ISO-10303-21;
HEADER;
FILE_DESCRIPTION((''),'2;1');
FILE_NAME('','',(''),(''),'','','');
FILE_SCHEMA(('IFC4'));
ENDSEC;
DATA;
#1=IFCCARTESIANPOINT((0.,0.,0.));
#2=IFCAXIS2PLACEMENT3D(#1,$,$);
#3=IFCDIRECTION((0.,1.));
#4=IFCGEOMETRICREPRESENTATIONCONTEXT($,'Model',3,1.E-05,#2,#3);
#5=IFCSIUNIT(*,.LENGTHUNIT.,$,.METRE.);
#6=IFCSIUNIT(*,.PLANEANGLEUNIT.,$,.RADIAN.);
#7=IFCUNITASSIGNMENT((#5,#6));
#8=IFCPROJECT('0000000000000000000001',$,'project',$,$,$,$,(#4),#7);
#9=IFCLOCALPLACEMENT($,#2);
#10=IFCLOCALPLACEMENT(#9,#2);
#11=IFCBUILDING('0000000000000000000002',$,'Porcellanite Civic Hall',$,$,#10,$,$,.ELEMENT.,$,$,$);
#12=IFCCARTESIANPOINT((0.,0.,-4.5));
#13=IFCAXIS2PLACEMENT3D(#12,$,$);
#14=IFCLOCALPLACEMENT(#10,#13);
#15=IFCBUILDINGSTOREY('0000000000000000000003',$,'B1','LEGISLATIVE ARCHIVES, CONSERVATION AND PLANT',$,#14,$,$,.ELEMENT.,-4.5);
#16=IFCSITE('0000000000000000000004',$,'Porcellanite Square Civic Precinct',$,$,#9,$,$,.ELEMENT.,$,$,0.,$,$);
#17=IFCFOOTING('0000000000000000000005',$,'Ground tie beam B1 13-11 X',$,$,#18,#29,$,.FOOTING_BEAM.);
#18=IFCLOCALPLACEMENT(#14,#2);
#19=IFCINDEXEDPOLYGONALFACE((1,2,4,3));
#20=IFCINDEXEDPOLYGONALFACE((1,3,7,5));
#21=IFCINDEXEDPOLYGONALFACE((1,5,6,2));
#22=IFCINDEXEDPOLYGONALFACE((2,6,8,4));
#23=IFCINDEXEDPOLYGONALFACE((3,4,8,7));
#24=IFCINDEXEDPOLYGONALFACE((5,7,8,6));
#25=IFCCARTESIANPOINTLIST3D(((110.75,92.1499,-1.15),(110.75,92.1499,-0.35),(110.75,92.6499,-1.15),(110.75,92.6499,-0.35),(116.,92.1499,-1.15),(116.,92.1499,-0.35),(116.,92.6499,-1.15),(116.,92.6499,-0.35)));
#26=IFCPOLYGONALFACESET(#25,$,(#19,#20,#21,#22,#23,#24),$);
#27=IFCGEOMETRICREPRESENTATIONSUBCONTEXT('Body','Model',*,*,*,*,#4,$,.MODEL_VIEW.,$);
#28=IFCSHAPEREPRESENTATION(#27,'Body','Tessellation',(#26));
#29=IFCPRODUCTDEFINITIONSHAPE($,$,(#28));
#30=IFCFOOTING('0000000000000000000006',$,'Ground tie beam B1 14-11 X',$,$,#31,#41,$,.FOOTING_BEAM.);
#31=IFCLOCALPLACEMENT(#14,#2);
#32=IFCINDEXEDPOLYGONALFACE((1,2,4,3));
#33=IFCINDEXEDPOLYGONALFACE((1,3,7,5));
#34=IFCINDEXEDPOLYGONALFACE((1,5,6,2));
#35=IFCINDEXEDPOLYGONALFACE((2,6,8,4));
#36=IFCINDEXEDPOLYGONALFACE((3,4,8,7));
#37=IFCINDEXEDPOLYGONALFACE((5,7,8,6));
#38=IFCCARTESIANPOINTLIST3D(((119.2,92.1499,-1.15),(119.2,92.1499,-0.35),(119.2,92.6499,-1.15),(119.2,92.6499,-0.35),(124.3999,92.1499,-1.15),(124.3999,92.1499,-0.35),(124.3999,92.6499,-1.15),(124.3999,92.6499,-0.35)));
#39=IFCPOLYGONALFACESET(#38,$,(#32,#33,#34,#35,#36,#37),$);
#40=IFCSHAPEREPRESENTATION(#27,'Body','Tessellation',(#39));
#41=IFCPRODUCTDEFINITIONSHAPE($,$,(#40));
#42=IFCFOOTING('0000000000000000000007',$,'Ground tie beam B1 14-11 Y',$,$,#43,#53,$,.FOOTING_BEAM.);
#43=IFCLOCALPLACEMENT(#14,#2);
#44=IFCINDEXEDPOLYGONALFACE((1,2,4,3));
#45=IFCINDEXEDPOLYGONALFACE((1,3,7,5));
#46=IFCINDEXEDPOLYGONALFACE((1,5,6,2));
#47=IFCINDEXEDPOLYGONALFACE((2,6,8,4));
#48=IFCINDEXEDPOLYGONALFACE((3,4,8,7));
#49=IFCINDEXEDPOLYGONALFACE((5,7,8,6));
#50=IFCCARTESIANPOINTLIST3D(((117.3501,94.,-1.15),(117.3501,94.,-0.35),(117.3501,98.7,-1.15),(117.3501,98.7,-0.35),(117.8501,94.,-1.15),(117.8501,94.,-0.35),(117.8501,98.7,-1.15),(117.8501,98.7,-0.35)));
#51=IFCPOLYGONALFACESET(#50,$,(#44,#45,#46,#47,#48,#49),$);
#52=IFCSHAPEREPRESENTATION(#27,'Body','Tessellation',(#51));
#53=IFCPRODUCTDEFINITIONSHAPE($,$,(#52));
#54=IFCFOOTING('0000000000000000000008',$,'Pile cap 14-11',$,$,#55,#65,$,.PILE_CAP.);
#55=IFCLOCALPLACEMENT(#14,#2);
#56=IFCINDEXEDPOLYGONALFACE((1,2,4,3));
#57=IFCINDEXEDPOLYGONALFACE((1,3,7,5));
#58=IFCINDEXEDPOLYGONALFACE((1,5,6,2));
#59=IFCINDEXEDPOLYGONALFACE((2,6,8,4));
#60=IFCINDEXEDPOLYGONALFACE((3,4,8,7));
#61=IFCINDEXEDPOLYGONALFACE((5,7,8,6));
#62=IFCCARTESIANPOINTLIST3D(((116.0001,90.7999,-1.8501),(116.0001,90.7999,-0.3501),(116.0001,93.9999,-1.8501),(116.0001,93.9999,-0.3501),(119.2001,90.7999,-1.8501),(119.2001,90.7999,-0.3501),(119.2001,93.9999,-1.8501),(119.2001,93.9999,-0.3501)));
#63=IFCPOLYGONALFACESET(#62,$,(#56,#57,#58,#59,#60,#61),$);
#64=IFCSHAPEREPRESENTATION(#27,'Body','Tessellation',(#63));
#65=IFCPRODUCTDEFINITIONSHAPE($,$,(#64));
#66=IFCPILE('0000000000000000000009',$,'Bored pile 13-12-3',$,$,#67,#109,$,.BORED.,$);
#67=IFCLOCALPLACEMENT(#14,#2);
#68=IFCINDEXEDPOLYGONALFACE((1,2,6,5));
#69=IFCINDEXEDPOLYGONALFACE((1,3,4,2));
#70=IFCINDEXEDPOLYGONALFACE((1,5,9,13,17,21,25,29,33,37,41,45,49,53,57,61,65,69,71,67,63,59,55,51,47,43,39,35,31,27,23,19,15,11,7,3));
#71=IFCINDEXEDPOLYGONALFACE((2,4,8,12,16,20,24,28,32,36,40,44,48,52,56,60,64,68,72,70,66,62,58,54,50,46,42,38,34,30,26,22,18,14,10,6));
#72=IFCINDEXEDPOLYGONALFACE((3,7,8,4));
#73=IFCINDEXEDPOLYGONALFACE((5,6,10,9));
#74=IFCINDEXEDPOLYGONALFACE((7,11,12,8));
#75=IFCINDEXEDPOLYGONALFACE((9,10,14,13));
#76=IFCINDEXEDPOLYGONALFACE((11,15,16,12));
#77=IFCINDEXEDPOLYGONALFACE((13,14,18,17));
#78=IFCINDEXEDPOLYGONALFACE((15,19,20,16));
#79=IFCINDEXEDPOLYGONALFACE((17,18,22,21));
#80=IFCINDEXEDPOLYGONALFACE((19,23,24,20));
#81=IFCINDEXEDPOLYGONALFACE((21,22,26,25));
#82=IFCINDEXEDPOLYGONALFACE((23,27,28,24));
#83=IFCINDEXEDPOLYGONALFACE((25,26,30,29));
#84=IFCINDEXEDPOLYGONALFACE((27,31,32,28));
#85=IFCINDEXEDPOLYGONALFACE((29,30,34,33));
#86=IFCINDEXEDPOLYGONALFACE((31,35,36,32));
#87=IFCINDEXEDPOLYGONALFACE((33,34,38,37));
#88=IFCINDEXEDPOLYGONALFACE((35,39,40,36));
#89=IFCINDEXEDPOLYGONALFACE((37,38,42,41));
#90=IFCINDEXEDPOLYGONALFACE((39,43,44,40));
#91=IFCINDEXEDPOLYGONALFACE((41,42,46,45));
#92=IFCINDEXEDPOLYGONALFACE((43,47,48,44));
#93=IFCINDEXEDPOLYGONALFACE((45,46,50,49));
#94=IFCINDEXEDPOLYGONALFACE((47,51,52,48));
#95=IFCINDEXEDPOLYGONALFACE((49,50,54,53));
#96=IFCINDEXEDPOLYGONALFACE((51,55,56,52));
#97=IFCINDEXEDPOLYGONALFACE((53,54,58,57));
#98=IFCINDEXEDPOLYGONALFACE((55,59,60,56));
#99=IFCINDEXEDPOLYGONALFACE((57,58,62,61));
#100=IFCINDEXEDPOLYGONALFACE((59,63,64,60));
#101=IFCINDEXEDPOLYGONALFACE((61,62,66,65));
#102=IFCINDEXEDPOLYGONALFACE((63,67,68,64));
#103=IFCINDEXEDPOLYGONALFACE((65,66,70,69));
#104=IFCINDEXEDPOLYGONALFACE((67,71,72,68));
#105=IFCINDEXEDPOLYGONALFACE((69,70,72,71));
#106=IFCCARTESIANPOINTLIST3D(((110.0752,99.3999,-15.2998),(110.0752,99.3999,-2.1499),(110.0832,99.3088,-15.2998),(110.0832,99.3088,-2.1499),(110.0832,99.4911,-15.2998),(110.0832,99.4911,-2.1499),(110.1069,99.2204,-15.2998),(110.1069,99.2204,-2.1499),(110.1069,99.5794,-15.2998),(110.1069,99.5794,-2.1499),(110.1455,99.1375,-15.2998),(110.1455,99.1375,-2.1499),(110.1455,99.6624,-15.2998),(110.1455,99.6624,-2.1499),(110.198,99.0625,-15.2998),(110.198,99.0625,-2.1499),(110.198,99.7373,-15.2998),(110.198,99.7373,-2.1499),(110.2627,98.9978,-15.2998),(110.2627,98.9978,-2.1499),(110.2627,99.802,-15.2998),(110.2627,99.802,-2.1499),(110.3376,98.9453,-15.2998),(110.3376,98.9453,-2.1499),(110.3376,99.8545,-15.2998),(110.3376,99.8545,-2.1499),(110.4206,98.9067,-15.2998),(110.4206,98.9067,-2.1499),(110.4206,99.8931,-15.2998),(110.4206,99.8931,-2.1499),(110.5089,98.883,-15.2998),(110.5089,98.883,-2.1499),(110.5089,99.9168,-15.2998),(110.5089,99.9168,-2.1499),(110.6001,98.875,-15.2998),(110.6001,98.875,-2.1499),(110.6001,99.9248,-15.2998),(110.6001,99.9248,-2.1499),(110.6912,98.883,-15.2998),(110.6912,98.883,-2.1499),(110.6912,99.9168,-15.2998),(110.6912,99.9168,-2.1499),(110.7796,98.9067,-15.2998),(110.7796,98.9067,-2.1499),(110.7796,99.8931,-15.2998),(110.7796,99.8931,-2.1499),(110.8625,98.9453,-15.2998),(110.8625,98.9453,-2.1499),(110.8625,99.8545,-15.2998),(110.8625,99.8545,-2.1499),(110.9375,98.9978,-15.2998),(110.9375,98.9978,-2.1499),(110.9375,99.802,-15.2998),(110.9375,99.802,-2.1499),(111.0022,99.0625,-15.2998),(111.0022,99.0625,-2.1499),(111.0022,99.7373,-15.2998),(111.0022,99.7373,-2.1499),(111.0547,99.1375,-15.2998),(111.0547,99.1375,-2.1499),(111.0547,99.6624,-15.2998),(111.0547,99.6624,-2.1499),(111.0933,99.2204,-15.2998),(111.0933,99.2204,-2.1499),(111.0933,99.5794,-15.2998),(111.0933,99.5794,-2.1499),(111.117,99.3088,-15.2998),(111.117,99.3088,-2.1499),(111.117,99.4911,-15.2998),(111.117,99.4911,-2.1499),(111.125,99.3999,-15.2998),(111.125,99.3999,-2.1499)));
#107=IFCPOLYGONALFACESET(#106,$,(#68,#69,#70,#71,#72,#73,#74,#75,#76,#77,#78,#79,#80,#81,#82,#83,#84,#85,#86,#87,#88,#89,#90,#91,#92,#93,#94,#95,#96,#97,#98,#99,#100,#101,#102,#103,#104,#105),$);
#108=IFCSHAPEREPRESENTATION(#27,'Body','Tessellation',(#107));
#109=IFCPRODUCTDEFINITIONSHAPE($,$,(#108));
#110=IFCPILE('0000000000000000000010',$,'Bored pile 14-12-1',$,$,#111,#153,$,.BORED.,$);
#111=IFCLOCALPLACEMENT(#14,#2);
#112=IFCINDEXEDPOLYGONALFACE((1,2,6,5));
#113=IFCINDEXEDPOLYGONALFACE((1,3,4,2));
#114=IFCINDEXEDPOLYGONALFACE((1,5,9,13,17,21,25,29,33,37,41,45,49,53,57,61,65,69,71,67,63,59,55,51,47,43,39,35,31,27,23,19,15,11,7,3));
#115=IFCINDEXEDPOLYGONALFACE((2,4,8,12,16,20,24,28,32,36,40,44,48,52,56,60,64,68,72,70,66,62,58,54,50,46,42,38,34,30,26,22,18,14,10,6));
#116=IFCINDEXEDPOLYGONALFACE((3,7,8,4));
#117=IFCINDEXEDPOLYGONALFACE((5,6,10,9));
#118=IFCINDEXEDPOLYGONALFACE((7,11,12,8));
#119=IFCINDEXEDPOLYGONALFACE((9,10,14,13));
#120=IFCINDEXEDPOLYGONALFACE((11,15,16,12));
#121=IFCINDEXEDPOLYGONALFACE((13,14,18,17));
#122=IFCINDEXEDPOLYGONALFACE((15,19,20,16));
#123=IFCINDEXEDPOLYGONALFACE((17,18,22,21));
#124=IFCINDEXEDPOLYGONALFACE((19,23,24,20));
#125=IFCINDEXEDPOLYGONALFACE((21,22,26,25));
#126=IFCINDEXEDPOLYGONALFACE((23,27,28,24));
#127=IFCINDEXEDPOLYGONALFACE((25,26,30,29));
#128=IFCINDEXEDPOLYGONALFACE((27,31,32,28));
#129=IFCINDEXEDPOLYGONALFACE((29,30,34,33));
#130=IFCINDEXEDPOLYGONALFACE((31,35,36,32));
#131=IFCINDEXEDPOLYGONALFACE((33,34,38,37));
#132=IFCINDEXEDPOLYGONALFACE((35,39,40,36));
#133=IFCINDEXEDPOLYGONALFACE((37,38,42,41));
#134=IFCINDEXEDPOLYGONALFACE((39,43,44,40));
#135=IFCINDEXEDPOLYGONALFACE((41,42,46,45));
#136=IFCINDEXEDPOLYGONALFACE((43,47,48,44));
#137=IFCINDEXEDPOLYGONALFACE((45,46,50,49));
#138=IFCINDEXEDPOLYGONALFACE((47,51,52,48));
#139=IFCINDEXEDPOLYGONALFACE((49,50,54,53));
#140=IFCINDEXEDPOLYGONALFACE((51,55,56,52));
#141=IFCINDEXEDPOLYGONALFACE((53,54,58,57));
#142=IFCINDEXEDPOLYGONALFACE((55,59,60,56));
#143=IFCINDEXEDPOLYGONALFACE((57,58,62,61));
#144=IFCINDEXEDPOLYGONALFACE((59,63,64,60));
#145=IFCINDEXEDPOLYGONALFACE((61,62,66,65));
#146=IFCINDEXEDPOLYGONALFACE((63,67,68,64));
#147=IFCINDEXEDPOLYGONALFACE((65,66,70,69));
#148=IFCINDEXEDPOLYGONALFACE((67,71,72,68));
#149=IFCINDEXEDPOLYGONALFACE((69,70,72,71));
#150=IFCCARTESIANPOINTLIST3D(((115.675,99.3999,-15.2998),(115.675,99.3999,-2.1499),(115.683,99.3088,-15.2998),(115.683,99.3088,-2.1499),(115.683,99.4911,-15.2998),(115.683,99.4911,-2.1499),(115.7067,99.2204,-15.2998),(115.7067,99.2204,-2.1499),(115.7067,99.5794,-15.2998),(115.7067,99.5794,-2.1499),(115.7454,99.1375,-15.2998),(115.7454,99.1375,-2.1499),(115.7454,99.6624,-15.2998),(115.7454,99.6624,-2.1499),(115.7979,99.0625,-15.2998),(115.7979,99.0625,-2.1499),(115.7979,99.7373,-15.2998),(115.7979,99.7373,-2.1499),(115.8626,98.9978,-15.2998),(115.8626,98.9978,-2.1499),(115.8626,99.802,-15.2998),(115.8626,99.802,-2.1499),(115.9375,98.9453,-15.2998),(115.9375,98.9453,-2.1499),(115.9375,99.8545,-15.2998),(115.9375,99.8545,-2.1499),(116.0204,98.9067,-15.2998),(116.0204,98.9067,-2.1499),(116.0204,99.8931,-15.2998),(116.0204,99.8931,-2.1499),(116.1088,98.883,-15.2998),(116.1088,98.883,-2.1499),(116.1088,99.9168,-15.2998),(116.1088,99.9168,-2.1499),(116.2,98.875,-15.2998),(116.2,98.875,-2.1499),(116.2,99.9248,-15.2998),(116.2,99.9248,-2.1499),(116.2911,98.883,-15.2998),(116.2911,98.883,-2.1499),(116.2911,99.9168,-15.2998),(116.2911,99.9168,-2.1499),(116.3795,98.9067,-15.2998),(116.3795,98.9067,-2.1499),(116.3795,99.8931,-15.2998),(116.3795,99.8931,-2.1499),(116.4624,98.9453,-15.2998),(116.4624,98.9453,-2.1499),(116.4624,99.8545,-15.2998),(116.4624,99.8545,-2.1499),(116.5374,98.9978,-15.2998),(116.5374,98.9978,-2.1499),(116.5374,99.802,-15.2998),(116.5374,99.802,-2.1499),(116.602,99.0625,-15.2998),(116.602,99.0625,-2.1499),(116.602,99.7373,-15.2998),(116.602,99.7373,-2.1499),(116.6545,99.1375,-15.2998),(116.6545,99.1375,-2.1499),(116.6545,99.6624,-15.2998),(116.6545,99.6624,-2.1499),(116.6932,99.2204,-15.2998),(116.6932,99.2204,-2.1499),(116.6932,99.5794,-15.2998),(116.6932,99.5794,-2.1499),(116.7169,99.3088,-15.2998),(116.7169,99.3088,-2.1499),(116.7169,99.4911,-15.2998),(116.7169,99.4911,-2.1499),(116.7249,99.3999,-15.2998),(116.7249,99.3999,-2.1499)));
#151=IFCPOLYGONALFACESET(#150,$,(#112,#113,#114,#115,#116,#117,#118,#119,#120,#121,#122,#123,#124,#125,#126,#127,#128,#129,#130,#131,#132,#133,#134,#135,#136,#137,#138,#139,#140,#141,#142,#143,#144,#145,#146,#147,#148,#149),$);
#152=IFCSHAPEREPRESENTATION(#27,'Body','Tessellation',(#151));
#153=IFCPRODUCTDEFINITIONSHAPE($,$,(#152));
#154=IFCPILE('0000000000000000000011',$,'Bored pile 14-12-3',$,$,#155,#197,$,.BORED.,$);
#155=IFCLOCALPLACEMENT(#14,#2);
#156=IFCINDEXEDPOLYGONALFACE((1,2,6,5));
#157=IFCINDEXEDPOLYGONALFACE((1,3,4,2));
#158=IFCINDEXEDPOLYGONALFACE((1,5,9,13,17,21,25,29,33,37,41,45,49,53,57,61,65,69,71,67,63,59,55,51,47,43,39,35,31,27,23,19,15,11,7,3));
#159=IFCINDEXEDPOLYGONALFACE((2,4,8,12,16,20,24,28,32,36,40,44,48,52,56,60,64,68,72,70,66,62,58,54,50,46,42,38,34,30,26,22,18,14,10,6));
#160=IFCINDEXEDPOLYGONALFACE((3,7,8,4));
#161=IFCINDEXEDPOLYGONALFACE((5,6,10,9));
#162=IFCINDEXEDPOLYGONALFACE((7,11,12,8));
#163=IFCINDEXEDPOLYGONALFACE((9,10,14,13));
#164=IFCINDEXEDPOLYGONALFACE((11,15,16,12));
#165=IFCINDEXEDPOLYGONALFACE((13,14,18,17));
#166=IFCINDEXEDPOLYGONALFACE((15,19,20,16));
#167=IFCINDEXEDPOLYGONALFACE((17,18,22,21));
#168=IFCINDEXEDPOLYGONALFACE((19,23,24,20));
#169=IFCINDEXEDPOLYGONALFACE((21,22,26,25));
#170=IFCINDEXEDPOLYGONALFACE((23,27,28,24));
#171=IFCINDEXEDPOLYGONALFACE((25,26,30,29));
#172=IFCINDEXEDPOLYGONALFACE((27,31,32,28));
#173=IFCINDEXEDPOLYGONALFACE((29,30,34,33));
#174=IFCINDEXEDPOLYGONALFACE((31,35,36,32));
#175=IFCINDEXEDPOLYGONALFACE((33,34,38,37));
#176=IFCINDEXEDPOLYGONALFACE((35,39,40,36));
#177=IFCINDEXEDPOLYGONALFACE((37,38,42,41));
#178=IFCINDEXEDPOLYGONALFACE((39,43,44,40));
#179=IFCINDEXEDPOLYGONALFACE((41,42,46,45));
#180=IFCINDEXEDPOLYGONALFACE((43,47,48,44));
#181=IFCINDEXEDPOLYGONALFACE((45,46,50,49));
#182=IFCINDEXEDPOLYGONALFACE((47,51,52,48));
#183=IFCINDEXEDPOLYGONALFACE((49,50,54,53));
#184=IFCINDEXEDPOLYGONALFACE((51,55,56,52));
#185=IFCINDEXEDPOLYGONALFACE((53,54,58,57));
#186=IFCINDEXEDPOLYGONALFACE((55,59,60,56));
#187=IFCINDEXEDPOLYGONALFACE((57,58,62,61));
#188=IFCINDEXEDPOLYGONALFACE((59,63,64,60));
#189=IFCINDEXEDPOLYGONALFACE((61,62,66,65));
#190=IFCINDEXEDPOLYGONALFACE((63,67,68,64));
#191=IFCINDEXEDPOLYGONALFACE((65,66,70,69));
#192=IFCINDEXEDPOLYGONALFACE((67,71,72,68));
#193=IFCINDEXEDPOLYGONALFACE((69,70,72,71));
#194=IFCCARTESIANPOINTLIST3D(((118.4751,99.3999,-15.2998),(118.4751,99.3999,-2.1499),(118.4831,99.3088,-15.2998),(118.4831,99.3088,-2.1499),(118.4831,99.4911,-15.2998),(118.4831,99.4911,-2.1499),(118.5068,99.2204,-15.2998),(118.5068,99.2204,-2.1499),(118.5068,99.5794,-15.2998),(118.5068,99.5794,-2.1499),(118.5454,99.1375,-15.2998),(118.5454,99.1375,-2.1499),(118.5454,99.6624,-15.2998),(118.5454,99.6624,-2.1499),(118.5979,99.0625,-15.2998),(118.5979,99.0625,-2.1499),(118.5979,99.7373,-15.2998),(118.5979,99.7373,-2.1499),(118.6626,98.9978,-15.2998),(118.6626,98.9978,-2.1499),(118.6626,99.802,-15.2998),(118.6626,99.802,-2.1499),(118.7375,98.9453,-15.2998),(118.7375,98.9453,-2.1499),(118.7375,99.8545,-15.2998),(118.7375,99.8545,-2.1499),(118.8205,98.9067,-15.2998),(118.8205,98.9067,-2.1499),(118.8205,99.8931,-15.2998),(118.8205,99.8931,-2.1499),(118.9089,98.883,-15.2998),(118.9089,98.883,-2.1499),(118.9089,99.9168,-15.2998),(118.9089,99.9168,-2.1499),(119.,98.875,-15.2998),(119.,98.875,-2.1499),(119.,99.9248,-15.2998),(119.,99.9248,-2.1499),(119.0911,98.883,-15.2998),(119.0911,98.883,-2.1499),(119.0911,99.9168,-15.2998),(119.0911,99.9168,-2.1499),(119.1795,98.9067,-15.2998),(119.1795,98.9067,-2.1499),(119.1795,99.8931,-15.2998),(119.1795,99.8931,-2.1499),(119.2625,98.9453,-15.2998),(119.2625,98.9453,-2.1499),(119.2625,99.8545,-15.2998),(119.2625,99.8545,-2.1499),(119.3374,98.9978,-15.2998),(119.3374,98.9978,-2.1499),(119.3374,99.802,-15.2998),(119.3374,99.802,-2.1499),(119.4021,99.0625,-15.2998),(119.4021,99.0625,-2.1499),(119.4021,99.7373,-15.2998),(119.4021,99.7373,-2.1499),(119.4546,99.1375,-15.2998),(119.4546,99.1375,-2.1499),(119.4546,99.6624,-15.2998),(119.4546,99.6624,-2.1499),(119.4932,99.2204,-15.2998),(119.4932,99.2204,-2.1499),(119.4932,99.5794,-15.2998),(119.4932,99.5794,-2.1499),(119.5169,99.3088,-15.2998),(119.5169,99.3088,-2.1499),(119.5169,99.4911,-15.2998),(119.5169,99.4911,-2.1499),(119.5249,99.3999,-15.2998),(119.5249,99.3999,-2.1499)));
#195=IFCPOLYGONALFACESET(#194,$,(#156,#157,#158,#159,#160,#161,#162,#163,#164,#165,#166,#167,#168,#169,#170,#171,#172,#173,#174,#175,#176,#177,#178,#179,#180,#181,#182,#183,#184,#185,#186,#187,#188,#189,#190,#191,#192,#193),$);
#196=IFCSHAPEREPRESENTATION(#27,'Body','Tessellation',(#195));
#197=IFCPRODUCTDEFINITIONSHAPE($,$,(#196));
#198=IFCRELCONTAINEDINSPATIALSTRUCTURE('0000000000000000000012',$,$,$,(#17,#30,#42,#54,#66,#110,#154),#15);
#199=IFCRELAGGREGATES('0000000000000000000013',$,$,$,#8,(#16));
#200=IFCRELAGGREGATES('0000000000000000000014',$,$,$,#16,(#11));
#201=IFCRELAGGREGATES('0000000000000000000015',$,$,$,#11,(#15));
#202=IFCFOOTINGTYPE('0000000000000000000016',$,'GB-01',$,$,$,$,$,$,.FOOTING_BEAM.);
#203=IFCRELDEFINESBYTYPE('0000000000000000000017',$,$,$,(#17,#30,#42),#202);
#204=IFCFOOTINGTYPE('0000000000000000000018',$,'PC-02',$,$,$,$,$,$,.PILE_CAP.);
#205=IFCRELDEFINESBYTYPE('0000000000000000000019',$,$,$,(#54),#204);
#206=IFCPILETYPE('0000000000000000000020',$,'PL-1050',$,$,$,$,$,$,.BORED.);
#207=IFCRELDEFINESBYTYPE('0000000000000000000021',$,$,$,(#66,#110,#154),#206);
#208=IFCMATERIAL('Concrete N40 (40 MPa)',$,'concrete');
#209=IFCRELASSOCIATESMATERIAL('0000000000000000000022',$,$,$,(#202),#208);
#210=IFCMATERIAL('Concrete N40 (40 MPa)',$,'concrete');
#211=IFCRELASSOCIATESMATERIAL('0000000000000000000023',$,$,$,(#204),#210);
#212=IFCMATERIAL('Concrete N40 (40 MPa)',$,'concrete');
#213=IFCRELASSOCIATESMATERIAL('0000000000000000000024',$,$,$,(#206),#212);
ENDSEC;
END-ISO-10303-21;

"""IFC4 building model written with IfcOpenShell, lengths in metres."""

from ifc_helpers import new_model, si_unit, direction, frame, origin, origin_2d, place, context, subcontext, project, spatial, rectangle, circle, extrude, material, material_profile, profile_set, type_object, element, save


model = new_model("IFC4")

# Units and contexts
model_context = context("Model", 3, precision=1e-05, world=origin(), true_north=direction((0.0, 1.0)))
body_context = subcontext(model_context, "Body", "Model", "MODEL_VIEW")
ifc_project = project(units=[si_unit("LENGTHUNIT", "METRE"), si_unit("PLANEANGLEUNIT", "RADIAN")], contexts=[model_context])

# Site, building, storey
site_placement = place(None, origin())
site = spatial("IfcSite", under=ifc_project, at=site_placement, Name="Porcellanite Square Civic Precinct", CompositionType="ELEMENT", RefElevation=0.0)
building_placement = place(site_placement, origin())
building = spatial("IfcBuilding", under=site, at=building_placement, Name="Porcellanite Civic Hall", CompositionType="ELEMENT")
storey_placement = place(building_placement, frame((0.0, 0.0, -4.5)))
storey = spatial("IfcBuildingStorey", under=building, at=storey_placement, Name="B1", Description="LEGISLATIVE ARCHIVES, CONSERVATION AND PLANT", CompositionType="ELEMENT", Elevation=-4.5)

# Footings
ifc_material_1 = material(Name="Concrete N40 (40 MPa)", Category="concrete")
ifc_material_profile_1 = material_profile(ifc_material_1, rectangle(XDim=0.5, YDim=0.8, at=origin_2d()), Name="RC-500x800")
ifc_profile_set_1 = profile_set([ifc_material_profile_1], Name="Concrete N40 (40 MPa)")
footing_type_1 = type_object("IfcFootingType", Name="GB-01", PredefinedType="FOOTING_BEAM", material=ifc_profile_set_1)
footing_1_placement = place(storey_placement, frame((110.75, 92.3999, -0.75), z_axis=(1.0, 0.0, 0.0), x_axis=(0.0, 1.0, 0.0)))
element("IfcFooting", 1, at=footing_1_placement, inside=storey, type_object=footing_type_1, Name="Ground tie beam B1 13-11 X", PredefinedType="FOOTING_BEAM", context=body_context, shape_type="SweptSolid", body=[
    extrude(rectangle(XDim=0.5, YDim=0.8, at=origin_2d()), origin(), (0.0, 0.0, 1.0), 5.25),
])
footing_2_placement = place(storey_placement, frame((119.2, 92.3999, -0.75), z_axis=(1.0, 0.0, 0.0), x_axis=(0.0, 1.0, 0.0)))
element("IfcFooting", 2, at=footing_2_placement, inside=storey, type_object=footing_type_1, Name="Ground tie beam B1 14-11 X", PredefinedType="FOOTING_BEAM", context=body_context, shape_type="SweptSolid", body=[
    extrude(rectangle(XDim=0.5, YDim=0.8, at=origin_2d()), origin(), (0.0, 0.0, 1.0), 5.2),
])
footing_3_placement = place(storey_placement, frame((117.6001, 94.0, -0.75), z_axis=(0.0, 1.0, 0.0), x_axis=(-1.0, 0.0, 0.0)))
element("IfcFooting", 3, at=footing_3_placement, inside=storey, type_object=footing_type_1, Name="Ground tie beam B1 14-11 Y", PredefinedType="FOOTING_BEAM", context=body_context, shape_type="SweptSolid", body=[
    extrude(rectangle(XDim=0.5, YDim=0.8, at=origin_2d()), origin(), (0.0, 0.0, 1.0), 4.7),
])
ifc_material_2 = material(Name="Concrete N40 (40 MPa)", Category="concrete")
footing_type_2 = type_object("IfcFootingType", Name="PC-02", PredefinedType="PILE_CAP", material=ifc_material_2)
footing_4_placement = place(storey_placement, frame((117.6001, 92.3999, -1.8501), z_axis=(0.0, 0.0, 1.0), x_axis=(1.0, 0.0, 0.0)))
element("IfcFooting", 4, at=footing_4_placement, inside=storey, type_object=footing_type_2, Name="Pile cap 14-11", PredefinedType="PILE_CAP", context=body_context, shape_type="SweptSolid", body=[
    extrude(rectangle(XDim=3.2, YDim=3.2, at=origin_2d()), origin(), (0.0, 0.0, 1.0), 1.5),
])

# Piles
ifc_material_3 = material(Name="Concrete N40 (40 MPa)", Category="concrete")
ifc_material_profile_2 = material_profile(ifc_material_3, circle(Radius=0.5249, at=origin_2d()), Name="PILE-D1050")
ifc_profile_set_2 = profile_set([ifc_material_profile_2], Name="Concrete N40 (40 MPa)")
pile_type_1 = type_object("IfcPileType", Name="PL-1050", PredefinedType="BORED", material=ifc_profile_set_2)
for number, where, z_axis, x_axis, name in (
    (5, (110.6001, 99.3999, -2.1499), (0.0, 0.0, -1.0), (1.0, 0.0, 0.0), "Bored pile 13-12-3"),
    (6, (116.2, 99.3999, -2.1499), (0.0, 0.0, -1.0), (1.0, 0.0, 0.0), "Bored pile 14-12-1"),
    (7, (119.0, 99.3999, -2.1499), (0.0, 0.0, -1.0), (1.0, 0.0, 0.0), "Bored pile 14-12-3"),
):
    element("IfcPile", number, at=place(storey_placement, frame(where, z_axis=z_axis, x_axis=x_axis)), inside=storey, type_object=pile_type_1, Name=name, PredefinedType="BORED", context=body_context, shape_type="SweptSolid", body=[
        extrude(circle(Radius=0.5249, at=origin_2d()), origin(), (0.0, 0.0, 1.0), 13.1499),
    ])

save(model, "model.ifc")
